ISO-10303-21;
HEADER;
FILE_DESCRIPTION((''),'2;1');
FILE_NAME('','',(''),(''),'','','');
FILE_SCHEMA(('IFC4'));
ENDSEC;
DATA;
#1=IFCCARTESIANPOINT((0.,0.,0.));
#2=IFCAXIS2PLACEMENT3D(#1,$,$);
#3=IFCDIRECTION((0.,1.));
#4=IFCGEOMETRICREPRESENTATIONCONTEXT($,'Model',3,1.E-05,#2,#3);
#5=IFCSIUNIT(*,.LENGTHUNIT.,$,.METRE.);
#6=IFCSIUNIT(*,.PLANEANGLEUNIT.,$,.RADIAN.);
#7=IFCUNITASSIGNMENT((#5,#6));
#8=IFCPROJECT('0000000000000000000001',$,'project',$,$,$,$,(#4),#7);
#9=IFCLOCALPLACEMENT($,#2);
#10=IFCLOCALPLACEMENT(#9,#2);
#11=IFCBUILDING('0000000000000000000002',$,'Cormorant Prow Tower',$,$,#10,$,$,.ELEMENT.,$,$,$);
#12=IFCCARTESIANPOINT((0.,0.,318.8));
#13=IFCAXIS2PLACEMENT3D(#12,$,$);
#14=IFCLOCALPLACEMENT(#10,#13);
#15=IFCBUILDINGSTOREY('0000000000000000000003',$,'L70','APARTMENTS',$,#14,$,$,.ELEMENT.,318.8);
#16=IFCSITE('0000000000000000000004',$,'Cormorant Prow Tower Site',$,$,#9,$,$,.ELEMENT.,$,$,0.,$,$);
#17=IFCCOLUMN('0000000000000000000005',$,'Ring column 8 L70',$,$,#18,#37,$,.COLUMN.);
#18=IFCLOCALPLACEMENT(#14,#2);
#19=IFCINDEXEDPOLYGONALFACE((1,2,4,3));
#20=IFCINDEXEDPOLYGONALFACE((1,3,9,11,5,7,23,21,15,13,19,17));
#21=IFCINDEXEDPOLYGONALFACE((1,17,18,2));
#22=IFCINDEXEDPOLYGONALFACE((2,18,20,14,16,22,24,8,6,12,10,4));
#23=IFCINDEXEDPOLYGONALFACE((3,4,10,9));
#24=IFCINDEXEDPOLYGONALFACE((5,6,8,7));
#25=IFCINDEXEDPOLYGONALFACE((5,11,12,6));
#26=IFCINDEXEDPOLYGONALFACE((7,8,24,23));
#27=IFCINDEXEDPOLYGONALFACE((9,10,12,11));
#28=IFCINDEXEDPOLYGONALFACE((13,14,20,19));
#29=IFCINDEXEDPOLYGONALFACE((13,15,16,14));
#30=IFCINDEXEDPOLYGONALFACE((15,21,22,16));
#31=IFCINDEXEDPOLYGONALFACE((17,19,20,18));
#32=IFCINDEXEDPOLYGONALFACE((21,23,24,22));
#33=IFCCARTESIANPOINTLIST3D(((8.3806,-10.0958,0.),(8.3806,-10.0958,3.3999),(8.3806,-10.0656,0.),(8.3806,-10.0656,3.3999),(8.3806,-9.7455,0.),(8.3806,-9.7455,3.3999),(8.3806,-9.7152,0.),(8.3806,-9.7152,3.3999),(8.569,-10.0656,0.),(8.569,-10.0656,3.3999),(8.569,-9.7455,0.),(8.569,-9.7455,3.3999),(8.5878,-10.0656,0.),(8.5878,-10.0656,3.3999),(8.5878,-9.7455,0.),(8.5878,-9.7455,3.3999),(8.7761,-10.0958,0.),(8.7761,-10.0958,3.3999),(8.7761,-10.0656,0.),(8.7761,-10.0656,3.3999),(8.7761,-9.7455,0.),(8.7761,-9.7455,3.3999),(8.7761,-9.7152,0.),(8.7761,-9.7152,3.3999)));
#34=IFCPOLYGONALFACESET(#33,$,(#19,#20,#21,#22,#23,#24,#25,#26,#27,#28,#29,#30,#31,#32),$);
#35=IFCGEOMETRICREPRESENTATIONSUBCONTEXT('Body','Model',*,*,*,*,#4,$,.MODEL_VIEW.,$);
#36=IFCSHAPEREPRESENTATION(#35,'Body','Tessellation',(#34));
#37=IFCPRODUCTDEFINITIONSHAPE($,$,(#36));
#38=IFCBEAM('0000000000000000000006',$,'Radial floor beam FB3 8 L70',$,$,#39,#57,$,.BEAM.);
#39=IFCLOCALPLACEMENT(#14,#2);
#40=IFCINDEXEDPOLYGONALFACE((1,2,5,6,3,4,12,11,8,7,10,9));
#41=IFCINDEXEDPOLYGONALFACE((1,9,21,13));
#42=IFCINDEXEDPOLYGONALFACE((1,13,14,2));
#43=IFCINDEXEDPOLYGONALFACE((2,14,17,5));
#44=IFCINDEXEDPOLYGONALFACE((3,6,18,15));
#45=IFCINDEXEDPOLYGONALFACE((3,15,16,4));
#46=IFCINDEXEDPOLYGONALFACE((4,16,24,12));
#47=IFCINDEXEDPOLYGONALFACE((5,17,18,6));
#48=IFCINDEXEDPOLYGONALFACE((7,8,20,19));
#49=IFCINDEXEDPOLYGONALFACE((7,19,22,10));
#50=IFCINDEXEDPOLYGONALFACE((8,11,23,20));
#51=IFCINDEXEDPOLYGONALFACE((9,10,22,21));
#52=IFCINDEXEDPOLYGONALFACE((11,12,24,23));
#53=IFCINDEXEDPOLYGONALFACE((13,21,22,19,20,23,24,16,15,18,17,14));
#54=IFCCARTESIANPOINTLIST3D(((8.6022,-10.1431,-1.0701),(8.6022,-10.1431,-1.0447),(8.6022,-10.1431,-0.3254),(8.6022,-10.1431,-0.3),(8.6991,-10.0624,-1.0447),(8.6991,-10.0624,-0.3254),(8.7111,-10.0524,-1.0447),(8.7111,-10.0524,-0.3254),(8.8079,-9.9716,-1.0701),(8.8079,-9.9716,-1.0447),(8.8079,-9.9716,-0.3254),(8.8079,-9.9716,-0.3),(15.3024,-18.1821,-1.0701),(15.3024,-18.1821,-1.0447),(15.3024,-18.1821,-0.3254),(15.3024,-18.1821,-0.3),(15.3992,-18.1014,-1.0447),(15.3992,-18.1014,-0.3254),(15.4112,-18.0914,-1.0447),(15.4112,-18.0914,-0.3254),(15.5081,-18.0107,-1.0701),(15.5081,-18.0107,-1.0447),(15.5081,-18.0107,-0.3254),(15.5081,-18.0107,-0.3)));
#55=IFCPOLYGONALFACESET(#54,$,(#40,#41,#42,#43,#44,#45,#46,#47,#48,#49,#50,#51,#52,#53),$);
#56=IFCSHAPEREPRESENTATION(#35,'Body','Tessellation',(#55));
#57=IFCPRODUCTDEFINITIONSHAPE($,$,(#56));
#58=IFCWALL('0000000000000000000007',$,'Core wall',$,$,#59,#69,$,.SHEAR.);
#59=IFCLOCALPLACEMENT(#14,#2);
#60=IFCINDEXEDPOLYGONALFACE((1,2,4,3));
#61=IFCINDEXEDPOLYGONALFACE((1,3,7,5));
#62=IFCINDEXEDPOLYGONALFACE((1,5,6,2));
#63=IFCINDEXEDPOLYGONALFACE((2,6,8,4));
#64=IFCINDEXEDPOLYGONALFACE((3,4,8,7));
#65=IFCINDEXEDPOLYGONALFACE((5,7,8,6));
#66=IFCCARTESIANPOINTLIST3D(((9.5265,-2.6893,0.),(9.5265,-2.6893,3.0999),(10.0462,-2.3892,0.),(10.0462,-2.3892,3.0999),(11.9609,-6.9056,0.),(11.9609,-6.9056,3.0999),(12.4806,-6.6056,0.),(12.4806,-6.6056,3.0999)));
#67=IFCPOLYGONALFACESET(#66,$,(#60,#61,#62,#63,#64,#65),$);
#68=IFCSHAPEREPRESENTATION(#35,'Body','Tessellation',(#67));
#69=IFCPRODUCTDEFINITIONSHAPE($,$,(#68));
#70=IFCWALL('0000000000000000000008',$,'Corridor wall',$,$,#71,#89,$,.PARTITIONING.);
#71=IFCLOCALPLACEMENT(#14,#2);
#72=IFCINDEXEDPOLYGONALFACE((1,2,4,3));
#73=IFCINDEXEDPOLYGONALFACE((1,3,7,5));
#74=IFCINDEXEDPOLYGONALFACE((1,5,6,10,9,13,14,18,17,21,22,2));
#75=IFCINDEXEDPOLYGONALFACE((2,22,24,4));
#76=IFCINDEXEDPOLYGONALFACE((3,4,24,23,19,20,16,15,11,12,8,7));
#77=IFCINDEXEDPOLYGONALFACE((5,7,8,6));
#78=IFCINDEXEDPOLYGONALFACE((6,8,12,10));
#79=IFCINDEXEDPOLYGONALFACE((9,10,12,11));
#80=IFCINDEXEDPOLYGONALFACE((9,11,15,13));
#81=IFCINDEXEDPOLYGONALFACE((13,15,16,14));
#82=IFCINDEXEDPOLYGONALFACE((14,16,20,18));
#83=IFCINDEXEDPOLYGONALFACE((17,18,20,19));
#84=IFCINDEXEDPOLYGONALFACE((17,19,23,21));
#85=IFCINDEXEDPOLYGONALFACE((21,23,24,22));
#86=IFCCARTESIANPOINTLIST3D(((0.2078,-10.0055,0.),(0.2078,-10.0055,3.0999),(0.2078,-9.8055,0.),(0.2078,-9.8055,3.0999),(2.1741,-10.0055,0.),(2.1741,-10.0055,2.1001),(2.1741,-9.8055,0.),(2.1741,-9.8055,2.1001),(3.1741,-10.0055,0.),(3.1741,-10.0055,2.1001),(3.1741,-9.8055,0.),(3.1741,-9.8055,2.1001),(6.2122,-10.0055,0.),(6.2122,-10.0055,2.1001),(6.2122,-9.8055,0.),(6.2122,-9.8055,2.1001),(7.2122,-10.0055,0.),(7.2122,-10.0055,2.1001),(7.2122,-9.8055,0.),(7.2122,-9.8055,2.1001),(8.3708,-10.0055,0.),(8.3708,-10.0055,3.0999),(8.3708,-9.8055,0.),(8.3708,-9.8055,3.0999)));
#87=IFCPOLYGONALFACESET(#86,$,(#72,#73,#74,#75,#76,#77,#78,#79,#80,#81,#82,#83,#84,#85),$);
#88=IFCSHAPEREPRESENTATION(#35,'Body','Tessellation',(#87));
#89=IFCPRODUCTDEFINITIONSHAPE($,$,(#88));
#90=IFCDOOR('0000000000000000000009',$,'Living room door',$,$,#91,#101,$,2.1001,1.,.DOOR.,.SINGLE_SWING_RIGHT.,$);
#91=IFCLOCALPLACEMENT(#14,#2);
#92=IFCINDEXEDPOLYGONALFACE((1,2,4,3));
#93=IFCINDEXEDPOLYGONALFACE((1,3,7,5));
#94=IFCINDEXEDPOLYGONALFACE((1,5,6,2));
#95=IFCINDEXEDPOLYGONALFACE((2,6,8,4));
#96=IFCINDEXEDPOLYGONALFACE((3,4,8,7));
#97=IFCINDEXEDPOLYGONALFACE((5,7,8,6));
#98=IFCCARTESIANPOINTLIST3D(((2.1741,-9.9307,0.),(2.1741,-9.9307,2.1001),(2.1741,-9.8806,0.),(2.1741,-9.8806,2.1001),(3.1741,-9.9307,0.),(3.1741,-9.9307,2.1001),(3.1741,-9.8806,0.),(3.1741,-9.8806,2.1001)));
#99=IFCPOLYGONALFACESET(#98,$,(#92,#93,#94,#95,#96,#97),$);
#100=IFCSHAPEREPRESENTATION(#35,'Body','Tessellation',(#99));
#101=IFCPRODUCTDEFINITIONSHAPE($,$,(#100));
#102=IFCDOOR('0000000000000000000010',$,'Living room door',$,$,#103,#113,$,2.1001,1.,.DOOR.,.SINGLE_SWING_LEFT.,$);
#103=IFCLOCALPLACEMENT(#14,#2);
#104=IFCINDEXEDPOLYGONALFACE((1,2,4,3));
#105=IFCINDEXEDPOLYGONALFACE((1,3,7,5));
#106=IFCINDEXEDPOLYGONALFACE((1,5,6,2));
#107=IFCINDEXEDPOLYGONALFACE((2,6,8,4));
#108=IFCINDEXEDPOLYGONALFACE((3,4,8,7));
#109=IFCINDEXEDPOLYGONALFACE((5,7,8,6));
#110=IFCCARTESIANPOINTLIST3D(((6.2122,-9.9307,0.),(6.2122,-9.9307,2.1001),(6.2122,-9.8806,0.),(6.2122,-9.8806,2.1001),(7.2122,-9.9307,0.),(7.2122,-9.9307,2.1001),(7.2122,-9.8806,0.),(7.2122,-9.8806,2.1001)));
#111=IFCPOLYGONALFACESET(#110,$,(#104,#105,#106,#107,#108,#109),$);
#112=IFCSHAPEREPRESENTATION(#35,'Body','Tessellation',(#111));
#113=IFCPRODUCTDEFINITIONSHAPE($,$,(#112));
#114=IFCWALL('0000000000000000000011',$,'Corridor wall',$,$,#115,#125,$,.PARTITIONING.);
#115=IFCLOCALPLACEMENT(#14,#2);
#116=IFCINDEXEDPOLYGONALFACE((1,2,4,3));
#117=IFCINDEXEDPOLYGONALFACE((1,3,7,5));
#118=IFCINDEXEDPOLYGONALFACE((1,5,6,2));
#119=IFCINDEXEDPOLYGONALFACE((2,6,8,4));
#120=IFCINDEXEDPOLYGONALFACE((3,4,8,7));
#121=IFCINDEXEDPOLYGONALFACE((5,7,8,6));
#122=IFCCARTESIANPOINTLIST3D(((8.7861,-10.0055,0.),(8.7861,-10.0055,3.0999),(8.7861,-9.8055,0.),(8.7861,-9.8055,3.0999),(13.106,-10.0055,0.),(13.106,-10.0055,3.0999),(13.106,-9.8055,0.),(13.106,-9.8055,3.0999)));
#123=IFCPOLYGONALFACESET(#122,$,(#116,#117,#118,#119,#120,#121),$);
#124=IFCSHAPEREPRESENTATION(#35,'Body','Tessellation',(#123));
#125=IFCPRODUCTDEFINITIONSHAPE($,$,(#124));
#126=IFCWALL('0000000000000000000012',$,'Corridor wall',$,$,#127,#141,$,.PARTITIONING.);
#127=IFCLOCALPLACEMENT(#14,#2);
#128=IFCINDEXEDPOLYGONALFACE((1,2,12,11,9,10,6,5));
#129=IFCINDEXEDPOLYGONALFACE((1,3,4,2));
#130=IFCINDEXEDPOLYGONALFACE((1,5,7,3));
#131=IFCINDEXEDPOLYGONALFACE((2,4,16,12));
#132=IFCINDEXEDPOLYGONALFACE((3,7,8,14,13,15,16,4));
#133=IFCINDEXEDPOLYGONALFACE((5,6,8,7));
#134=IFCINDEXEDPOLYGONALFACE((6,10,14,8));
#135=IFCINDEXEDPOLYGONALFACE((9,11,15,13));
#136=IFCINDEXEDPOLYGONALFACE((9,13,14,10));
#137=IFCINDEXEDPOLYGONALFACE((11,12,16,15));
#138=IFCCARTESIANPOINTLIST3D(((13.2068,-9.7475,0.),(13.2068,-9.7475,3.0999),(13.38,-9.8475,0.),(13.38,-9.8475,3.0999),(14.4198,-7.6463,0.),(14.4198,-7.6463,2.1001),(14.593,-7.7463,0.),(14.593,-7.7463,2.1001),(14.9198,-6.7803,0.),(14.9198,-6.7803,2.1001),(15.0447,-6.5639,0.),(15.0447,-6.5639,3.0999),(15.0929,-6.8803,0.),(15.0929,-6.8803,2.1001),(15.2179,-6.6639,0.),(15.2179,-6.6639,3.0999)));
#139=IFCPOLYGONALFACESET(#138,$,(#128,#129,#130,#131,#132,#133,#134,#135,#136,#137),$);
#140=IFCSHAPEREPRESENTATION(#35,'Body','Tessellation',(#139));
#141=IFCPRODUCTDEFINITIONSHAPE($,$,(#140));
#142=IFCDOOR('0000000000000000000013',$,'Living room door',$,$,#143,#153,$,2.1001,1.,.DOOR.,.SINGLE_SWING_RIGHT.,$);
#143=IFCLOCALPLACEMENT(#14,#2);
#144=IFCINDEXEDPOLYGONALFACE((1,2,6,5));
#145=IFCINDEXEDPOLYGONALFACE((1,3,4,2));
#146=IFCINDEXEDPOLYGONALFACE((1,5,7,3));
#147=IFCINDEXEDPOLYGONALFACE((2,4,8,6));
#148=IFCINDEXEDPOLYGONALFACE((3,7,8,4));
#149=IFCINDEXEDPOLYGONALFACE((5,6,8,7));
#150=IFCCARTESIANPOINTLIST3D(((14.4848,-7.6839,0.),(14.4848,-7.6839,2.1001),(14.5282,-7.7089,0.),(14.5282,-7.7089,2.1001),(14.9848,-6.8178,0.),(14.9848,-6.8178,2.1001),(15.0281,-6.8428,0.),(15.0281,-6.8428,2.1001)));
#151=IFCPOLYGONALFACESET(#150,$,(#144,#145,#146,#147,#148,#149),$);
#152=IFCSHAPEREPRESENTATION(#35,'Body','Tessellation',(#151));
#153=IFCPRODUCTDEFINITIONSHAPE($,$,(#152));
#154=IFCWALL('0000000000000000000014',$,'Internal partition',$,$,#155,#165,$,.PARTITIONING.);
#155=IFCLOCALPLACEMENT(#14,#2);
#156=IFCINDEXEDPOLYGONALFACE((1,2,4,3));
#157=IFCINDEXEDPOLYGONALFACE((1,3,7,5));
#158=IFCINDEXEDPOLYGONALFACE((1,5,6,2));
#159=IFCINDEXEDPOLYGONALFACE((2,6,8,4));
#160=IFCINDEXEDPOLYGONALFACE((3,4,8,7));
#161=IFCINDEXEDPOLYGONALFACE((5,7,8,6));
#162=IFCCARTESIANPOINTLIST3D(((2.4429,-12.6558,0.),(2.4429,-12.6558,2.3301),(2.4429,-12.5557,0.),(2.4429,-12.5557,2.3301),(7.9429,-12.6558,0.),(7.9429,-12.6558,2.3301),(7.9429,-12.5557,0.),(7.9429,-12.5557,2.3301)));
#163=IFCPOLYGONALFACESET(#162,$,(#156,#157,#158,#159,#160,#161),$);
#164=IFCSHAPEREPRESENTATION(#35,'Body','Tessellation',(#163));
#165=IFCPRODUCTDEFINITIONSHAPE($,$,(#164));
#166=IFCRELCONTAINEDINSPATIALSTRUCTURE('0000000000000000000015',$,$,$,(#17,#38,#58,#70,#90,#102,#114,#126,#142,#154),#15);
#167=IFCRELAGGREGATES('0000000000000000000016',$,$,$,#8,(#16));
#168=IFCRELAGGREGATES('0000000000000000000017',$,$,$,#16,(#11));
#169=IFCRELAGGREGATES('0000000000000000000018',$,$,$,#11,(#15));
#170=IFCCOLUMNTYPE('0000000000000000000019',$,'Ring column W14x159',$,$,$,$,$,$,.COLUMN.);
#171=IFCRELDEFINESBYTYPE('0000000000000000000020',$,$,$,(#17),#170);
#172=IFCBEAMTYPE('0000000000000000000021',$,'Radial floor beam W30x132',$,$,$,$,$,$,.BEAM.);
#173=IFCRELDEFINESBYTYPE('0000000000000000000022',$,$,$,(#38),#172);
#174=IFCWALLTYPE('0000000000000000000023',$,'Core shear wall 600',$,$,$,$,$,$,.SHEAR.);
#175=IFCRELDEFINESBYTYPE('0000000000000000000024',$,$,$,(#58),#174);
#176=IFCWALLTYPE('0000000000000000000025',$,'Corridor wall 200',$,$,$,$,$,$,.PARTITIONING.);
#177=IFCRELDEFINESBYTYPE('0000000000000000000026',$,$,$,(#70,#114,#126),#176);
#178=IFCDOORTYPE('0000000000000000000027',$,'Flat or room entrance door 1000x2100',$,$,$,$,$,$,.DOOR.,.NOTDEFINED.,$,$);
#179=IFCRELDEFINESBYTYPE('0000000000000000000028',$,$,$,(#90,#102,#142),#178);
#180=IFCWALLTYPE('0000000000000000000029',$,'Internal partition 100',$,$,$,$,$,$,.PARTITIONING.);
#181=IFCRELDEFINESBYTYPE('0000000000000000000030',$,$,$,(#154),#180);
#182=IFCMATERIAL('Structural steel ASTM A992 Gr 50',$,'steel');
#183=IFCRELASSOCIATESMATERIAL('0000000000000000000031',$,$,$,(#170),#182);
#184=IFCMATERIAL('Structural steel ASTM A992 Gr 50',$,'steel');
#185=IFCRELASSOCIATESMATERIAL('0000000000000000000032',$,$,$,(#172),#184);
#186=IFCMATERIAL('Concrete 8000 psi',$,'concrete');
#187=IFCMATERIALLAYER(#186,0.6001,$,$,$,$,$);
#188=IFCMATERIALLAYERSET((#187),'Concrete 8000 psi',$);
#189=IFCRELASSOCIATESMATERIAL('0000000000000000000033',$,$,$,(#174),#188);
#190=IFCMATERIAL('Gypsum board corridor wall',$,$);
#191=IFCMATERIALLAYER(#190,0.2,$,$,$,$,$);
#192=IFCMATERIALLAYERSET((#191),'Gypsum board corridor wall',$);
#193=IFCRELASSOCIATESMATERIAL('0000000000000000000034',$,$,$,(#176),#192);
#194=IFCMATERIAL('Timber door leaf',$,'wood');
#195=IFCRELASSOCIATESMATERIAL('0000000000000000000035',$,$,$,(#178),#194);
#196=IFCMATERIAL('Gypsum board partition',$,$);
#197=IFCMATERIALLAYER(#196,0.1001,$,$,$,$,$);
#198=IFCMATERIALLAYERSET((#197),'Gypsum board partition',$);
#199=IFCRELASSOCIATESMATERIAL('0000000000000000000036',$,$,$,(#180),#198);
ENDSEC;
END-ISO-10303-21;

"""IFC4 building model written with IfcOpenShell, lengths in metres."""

from ifc_helpers import new_model, si_unit, direction, frame, frame_2d, origin, origin_2d, place, context, subcontext, project, spatial, rectangle, i_section, extrude, material, layer, layer_set, material_profile, profile_set, type_object, element, fill, save


model = new_model("IFC4")

# Units and contexts
model_context = context("Model", 3, precision=1e-05, world=origin(), true_north=direction((0.0, 1.0)))
body_context = subcontext(model_context, "Body", "Model", "MODEL_VIEW")
ifc_project = project(units=[si_unit("LENGTHUNIT", "METRE"), si_unit("PLANEANGLEUNIT", "RADIAN")], contexts=[model_context])

# Site, building, storey
site_placement = place(None, origin())
site = spatial("IfcSite", under=ifc_project, at=site_placement, Name="Cormorant Prow Tower Site", CompositionType="ELEMENT", RefElevation=0.0)
building_placement = place(site_placement, origin())
building = spatial("IfcBuilding", under=site, at=building_placement, Name="Cormorant Prow Tower", CompositionType="ELEMENT")
storey_placement = place(building_placement, frame((0.0, 0.0, 318.8)))
storey = spatial("IfcBuildingStorey", under=building, at=storey_placement, Name="L70", Description="APARTMENTS", CompositionType="ELEMENT", Elevation=318.8)

# Column
ifc_material_1 = material(Name="Structural steel ASTM A992 Gr 50", Category="steel")
ifc_material_profile_1 = material_profile(ifc_material_1, i_section(OverallWidth=0.3955, OverallDepth=0.3806, WebThickness=0.0188, FlangeThickness=0.0303, at=origin_2d()), Name="W14x159")
ifc_profile_set_1 = profile_set([ifc_material_profile_1], Name="Structural steel ASTM A992 Gr 50")
column_type = type_object("IfcColumnType", Name="Ring column W14x159", PredefinedType="COLUMN", material=ifc_profile_set_1)
column_placement = place(storey_placement, frame((8.5784, -9.9055, 0.0), z_axis=(0.0, 0.0, 1.0), x_axis=(1.0, 0.0, 0.0)))
element("IfcColumn", 1, at=column_placement, inside=storey, type_object=column_type, Name="Ring column 8 L70", PredefinedType="COLUMN", context=body_context, shape_type="SweptSolid", body=[
    extrude(i_section(OverallWidth=0.3955, OverallDepth=0.3806, WebThickness=0.0188, FlangeThickness=0.0303, at=origin_2d()), origin(), (0.0, 0.0, 1.0), 3.3999),
])

# Beam
ifc_material_2 = material(Name="Structural steel ASTM A992 Gr 50", Category="steel")
ifc_material_profile_2 = material_profile(ifc_material_2, i_section(OverallWidth=0.2678, OverallDepth=0.77, WebThickness=0.0156, FlangeThickness=0.0254, at=origin_2d()), Name="W30x132")
ifc_profile_set_2 = profile_set([ifc_material_profile_2], Name="Structural steel ASTM A992 Gr 50")
beam_type = type_object("IfcBeamType", Name="Radial floor beam W30x132", PredefinedType="BEAM", material=ifc_profile_set_2)
beam_placement = place(storey_placement, frame((8.7051, -10.0574, -0.6851), z_axis=(0.640239, -0.768175, 0.0), x_axis=(0.768175, 0.640239, 0.0)))
element("IfcBeam", 2, at=beam_placement, inside=storey, type_object=beam_type, Name="Radial floor beam FB3 8 L70", PredefinedType="BEAM", context=body_context, shape_type="SweptSolid", body=[
    extrude(i_section(OverallWidth=0.2678, OverallDepth=0.77, WebThickness=0.0156, FlangeThickness=0.0254, at=origin_2d()), origin(), (0.0, 0.0, 1.0), 10.4651),
])

# Wall
ifc_material_3 = material(Name="Concrete 8000 psi", Category="concrete")
ifc_layer_1 = layer(ifc_material_3, 0.6001)
ifc_layer_set_1 = layer_set([ifc_layer_1], Name="Concrete 8000 psi")
wall_type_1 = type_object("IfcWallType", Name="Core shear wall 600", PredefinedType="SHEAR", material=ifc_layer_set_1)
wall_1_placement = place(storey_placement, frame((12.2207, -6.7556, 0.0), z_axis=(0.0, 0.0, 1.0), x_axis=(-0.500006, 0.866022, 0.0)))
element("IfcWall", 3, at=wall_1_placement, inside=storey, type_object=wall_type_1, Name="Core wall", PredefinedType="SHEAR", context=body_context, shape_type="SweptSolid", body=[
    extrude(rectangle(XDim=4.8687, YDim=0.6001, at=frame_2d((2.4343, 0.0))), origin(), (0.0, 0.0, 1.0), 3.0999),
])

# Wall, openings, doors
ifc_material_4 = material(Name="Gypsum board corridor wall")
ifc_layer_2 = layer(ifc_material_4, 0.2)
ifc_layer_set_2 = layer_set([ifc_layer_2], Name="Gypsum board corridor wall")
wall_type_2 = type_object("IfcWallType", Name="Corridor wall 200", PredefinedType="PARTITIONING", material=ifc_layer_set_2)
wall_2_placement = place(storey_placement, frame((0.2078, -9.9055, 0.0), z_axis=(0.0, 0.0, 1.0), x_axis=(1.0, 0.0, 0.0)))
wall_2 = element("IfcWall", 4, at=wall_2_placement, inside=storey, type_object=wall_type_2, Name="Corridor wall", PredefinedType="PARTITIONING", context=body_context, shape_type="SweptSolid", body=[
    extrude(rectangle(XDim=8.1631, YDim=0.2, at=frame_2d((4.0815, 0.0))), origin(), (0.0, 0.0, 1.0), 3.0999),
])
opening_1_placement = place(wall_2_placement, frame((1.9663, 0.0, 0.0)))
opening_1 = element("IfcOpeningElement", 5, at=opening_1_placement, cuts=wall_2, PredefinedType="OPENING", context=body_context, shape_type="SweptSolid", body=[
    extrude(rectangle(XDim=1.0, YDim=2.1001, at=frame_2d((0.5, 1.05))), frame((0.0, 0.1099, 0.0), z_axis=(0.0, -1.0, 0.0), x_axis=(1.0, 0.0, 0.0)), (0.0, 0.0, 1.0), 0.22),
])
opening_2_placement = place(wall_2_placement, frame((6.0044, 0.0, 0.0)))
opening_2 = element("IfcOpeningElement", 6, at=opening_2_placement, cuts=wall_2, PredefinedType="OPENING", context=body_context, shape_type="SweptSolid", body=[
    extrude(rectangle(XDim=1.0, YDim=2.1001, at=frame_2d((0.5, 1.05))), frame((0.0, 0.1099, 0.0), z_axis=(0.0, -1.0, 0.0), x_axis=(1.0, 0.0, 0.0)), (0.0, 0.0, 1.0), 0.22),
])
ifc_material_5 = material(Name="Timber door leaf", Category="wood")
door_type_1 = type_object("IfcDoorType", Name="Flat or room entrance door 1000x2100", OperationType="NOTDEFINED", PredefinedType="DOOR", material=ifc_material_5)
door_1_placement = place(opening_1_placement, origin())
door_1 = element("IfcDoor", 7, at=door_1_placement, inside=storey, type_object=door_type_1, Name="Living room door", OperationType="SINGLE_SWING_RIGHT", OverallHeight=2.1001, OverallWidth=1.0, PredefinedType="DOOR", context=body_context, shape_type="SweptSolid", body=[
    extrude(rectangle(XDim=1.0, YDim=2.1001, at=frame_2d((0.5, 1.05))), frame((0.0, 0.0249, 0.0), z_axis=(0.0, -1.0, 0.0), x_axis=(1.0, 0.0, 0.0)), (0.0, 0.0, 1.0), 0.05),
])
fill(opening_1, door_1)
door_2_placement = place(opening_2_placement, origin())
door_2 = element("IfcDoor", 8, at=door_2_placement, inside=storey, type_object=door_type_1, Name="Living room door", OperationType="SINGLE_SWING_LEFT", OverallHeight=2.1001, OverallWidth=1.0, PredefinedType="DOOR", context=body_context, shape_type="SweptSolid", body=[
    extrude(rectangle(XDim=1.0, YDim=2.1001, at=frame_2d((0.5, 1.05))), frame((0.0, 0.0249, 0.0), z_axis=(0.0, -1.0, 0.0), x_axis=(1.0, 0.0, 0.0)), (0.0, 0.0, 1.0), 0.05),
])
fill(opening_2, door_2)

# Wall
wall_3_placement = place(storey_placement, frame((8.7861, -9.9055, 0.0), z_axis=(0.0, 0.0, 1.0), x_axis=(1.0, 0.0, 0.0)))
element("IfcWall", 9, at=wall_3_placement, inside=storey, type_object=wall_type_2, Name="Corridor wall", PredefinedType="PARTITIONING", context=body_context, shape_type="SweptSolid", body=[
    extrude(rectangle(XDim=4.3198, YDim=0.2, at=frame_2d((2.1599, 0.0))), origin(), (0.0, 0.0, 1.0), 3.0999),
])

# Wall, opening, door
wall_4_placement = place(storey_placement, frame((13.2935, -9.7974, 0.0), z_axis=(0.0, 0.0, 1.0), x_axis=(0.499968, 0.866044, 0.0)))
wall_4 = element("IfcWall", 10, at=wall_4_placement, inside=storey, type_object=wall_type_2, Name="Corridor wall", PredefinedType="PARTITIONING", context=body_context, shape_type="SweptSolid", body=[
    extrude(rectangle(XDim=3.676, YDim=0.2, at=frame_2d((1.8379, 0.0))), origin(), (0.0, 0.0, 1.0), 3.0999),
])
opening_3_placement = place(wall_4_placement, frame((2.426, 0.0, 0.0)))
opening_3 = element("IfcOpeningElement", 11, at=opening_3_placement, cuts=wall_4, PredefinedType="OPENING", context=body_context, shape_type="SweptSolid", body=[
    extrude(rectangle(XDim=1.0, YDim=2.1001, at=frame_2d((0.5, 1.05))), frame((0.0, 0.1099, 0.0), z_axis=(0.0, -1.0, 0.0), x_axis=(1.0, 0.0, 0.0)), (0.0, 0.0, 1.0), 0.22),
])
door_3_placement = place(opening_3_placement, origin())
door_3 = element("IfcDoor", 12, at=door_3_placement, inside=storey, type_object=door_type_1, Name="Living room door", OperationType="SINGLE_SWING_RIGHT", OverallHeight=2.1001, OverallWidth=1.0, PredefinedType="DOOR", context=body_context, shape_type="SweptSolid", body=[
    extrude(rectangle(XDim=1.0, YDim=2.1001, at=frame_2d((0.5, 1.05))), frame((0.0, 0.0249, 0.0), z_axis=(0.0, -1.0, 0.0), x_axis=(1.0, 0.0, 0.0)), (0.0, 0.0, 1.0), 0.05),
])
fill(opening_3, door_3)

# Wall
ifc_material_6 = material(Name="Gypsum board partition")
ifc_layer_3 = layer(ifc_material_6, 0.1001)
ifc_layer_set_3 = layer_set([ifc_layer_3], Name="Gypsum board partition")
wall_type_3 = type_object("IfcWallType", Name="Internal partition 100", PredefinedType="PARTITIONING", material=ifc_layer_set_3)
wall_5_placement = place(storey_placement, frame((2.4429, -12.6057, 0.0), z_axis=(0.0, 0.0, 1.0), x_axis=(1.0, 0.0, 0.0)))
element("IfcWall", 13, at=wall_5_placement, inside=storey, type_object=wall_type_3, Name="Internal partition", PredefinedType="PARTITIONING", context=body_context, shape_type="SweptSolid", body=[
    extrude(rectangle(XDim=5.5, YDim=0.1001, at=frame_2d((2.75, 0.0))), origin(), (0.0, 0.0, 1.0), 2.3301),
])

save(model, "model.ifc")
